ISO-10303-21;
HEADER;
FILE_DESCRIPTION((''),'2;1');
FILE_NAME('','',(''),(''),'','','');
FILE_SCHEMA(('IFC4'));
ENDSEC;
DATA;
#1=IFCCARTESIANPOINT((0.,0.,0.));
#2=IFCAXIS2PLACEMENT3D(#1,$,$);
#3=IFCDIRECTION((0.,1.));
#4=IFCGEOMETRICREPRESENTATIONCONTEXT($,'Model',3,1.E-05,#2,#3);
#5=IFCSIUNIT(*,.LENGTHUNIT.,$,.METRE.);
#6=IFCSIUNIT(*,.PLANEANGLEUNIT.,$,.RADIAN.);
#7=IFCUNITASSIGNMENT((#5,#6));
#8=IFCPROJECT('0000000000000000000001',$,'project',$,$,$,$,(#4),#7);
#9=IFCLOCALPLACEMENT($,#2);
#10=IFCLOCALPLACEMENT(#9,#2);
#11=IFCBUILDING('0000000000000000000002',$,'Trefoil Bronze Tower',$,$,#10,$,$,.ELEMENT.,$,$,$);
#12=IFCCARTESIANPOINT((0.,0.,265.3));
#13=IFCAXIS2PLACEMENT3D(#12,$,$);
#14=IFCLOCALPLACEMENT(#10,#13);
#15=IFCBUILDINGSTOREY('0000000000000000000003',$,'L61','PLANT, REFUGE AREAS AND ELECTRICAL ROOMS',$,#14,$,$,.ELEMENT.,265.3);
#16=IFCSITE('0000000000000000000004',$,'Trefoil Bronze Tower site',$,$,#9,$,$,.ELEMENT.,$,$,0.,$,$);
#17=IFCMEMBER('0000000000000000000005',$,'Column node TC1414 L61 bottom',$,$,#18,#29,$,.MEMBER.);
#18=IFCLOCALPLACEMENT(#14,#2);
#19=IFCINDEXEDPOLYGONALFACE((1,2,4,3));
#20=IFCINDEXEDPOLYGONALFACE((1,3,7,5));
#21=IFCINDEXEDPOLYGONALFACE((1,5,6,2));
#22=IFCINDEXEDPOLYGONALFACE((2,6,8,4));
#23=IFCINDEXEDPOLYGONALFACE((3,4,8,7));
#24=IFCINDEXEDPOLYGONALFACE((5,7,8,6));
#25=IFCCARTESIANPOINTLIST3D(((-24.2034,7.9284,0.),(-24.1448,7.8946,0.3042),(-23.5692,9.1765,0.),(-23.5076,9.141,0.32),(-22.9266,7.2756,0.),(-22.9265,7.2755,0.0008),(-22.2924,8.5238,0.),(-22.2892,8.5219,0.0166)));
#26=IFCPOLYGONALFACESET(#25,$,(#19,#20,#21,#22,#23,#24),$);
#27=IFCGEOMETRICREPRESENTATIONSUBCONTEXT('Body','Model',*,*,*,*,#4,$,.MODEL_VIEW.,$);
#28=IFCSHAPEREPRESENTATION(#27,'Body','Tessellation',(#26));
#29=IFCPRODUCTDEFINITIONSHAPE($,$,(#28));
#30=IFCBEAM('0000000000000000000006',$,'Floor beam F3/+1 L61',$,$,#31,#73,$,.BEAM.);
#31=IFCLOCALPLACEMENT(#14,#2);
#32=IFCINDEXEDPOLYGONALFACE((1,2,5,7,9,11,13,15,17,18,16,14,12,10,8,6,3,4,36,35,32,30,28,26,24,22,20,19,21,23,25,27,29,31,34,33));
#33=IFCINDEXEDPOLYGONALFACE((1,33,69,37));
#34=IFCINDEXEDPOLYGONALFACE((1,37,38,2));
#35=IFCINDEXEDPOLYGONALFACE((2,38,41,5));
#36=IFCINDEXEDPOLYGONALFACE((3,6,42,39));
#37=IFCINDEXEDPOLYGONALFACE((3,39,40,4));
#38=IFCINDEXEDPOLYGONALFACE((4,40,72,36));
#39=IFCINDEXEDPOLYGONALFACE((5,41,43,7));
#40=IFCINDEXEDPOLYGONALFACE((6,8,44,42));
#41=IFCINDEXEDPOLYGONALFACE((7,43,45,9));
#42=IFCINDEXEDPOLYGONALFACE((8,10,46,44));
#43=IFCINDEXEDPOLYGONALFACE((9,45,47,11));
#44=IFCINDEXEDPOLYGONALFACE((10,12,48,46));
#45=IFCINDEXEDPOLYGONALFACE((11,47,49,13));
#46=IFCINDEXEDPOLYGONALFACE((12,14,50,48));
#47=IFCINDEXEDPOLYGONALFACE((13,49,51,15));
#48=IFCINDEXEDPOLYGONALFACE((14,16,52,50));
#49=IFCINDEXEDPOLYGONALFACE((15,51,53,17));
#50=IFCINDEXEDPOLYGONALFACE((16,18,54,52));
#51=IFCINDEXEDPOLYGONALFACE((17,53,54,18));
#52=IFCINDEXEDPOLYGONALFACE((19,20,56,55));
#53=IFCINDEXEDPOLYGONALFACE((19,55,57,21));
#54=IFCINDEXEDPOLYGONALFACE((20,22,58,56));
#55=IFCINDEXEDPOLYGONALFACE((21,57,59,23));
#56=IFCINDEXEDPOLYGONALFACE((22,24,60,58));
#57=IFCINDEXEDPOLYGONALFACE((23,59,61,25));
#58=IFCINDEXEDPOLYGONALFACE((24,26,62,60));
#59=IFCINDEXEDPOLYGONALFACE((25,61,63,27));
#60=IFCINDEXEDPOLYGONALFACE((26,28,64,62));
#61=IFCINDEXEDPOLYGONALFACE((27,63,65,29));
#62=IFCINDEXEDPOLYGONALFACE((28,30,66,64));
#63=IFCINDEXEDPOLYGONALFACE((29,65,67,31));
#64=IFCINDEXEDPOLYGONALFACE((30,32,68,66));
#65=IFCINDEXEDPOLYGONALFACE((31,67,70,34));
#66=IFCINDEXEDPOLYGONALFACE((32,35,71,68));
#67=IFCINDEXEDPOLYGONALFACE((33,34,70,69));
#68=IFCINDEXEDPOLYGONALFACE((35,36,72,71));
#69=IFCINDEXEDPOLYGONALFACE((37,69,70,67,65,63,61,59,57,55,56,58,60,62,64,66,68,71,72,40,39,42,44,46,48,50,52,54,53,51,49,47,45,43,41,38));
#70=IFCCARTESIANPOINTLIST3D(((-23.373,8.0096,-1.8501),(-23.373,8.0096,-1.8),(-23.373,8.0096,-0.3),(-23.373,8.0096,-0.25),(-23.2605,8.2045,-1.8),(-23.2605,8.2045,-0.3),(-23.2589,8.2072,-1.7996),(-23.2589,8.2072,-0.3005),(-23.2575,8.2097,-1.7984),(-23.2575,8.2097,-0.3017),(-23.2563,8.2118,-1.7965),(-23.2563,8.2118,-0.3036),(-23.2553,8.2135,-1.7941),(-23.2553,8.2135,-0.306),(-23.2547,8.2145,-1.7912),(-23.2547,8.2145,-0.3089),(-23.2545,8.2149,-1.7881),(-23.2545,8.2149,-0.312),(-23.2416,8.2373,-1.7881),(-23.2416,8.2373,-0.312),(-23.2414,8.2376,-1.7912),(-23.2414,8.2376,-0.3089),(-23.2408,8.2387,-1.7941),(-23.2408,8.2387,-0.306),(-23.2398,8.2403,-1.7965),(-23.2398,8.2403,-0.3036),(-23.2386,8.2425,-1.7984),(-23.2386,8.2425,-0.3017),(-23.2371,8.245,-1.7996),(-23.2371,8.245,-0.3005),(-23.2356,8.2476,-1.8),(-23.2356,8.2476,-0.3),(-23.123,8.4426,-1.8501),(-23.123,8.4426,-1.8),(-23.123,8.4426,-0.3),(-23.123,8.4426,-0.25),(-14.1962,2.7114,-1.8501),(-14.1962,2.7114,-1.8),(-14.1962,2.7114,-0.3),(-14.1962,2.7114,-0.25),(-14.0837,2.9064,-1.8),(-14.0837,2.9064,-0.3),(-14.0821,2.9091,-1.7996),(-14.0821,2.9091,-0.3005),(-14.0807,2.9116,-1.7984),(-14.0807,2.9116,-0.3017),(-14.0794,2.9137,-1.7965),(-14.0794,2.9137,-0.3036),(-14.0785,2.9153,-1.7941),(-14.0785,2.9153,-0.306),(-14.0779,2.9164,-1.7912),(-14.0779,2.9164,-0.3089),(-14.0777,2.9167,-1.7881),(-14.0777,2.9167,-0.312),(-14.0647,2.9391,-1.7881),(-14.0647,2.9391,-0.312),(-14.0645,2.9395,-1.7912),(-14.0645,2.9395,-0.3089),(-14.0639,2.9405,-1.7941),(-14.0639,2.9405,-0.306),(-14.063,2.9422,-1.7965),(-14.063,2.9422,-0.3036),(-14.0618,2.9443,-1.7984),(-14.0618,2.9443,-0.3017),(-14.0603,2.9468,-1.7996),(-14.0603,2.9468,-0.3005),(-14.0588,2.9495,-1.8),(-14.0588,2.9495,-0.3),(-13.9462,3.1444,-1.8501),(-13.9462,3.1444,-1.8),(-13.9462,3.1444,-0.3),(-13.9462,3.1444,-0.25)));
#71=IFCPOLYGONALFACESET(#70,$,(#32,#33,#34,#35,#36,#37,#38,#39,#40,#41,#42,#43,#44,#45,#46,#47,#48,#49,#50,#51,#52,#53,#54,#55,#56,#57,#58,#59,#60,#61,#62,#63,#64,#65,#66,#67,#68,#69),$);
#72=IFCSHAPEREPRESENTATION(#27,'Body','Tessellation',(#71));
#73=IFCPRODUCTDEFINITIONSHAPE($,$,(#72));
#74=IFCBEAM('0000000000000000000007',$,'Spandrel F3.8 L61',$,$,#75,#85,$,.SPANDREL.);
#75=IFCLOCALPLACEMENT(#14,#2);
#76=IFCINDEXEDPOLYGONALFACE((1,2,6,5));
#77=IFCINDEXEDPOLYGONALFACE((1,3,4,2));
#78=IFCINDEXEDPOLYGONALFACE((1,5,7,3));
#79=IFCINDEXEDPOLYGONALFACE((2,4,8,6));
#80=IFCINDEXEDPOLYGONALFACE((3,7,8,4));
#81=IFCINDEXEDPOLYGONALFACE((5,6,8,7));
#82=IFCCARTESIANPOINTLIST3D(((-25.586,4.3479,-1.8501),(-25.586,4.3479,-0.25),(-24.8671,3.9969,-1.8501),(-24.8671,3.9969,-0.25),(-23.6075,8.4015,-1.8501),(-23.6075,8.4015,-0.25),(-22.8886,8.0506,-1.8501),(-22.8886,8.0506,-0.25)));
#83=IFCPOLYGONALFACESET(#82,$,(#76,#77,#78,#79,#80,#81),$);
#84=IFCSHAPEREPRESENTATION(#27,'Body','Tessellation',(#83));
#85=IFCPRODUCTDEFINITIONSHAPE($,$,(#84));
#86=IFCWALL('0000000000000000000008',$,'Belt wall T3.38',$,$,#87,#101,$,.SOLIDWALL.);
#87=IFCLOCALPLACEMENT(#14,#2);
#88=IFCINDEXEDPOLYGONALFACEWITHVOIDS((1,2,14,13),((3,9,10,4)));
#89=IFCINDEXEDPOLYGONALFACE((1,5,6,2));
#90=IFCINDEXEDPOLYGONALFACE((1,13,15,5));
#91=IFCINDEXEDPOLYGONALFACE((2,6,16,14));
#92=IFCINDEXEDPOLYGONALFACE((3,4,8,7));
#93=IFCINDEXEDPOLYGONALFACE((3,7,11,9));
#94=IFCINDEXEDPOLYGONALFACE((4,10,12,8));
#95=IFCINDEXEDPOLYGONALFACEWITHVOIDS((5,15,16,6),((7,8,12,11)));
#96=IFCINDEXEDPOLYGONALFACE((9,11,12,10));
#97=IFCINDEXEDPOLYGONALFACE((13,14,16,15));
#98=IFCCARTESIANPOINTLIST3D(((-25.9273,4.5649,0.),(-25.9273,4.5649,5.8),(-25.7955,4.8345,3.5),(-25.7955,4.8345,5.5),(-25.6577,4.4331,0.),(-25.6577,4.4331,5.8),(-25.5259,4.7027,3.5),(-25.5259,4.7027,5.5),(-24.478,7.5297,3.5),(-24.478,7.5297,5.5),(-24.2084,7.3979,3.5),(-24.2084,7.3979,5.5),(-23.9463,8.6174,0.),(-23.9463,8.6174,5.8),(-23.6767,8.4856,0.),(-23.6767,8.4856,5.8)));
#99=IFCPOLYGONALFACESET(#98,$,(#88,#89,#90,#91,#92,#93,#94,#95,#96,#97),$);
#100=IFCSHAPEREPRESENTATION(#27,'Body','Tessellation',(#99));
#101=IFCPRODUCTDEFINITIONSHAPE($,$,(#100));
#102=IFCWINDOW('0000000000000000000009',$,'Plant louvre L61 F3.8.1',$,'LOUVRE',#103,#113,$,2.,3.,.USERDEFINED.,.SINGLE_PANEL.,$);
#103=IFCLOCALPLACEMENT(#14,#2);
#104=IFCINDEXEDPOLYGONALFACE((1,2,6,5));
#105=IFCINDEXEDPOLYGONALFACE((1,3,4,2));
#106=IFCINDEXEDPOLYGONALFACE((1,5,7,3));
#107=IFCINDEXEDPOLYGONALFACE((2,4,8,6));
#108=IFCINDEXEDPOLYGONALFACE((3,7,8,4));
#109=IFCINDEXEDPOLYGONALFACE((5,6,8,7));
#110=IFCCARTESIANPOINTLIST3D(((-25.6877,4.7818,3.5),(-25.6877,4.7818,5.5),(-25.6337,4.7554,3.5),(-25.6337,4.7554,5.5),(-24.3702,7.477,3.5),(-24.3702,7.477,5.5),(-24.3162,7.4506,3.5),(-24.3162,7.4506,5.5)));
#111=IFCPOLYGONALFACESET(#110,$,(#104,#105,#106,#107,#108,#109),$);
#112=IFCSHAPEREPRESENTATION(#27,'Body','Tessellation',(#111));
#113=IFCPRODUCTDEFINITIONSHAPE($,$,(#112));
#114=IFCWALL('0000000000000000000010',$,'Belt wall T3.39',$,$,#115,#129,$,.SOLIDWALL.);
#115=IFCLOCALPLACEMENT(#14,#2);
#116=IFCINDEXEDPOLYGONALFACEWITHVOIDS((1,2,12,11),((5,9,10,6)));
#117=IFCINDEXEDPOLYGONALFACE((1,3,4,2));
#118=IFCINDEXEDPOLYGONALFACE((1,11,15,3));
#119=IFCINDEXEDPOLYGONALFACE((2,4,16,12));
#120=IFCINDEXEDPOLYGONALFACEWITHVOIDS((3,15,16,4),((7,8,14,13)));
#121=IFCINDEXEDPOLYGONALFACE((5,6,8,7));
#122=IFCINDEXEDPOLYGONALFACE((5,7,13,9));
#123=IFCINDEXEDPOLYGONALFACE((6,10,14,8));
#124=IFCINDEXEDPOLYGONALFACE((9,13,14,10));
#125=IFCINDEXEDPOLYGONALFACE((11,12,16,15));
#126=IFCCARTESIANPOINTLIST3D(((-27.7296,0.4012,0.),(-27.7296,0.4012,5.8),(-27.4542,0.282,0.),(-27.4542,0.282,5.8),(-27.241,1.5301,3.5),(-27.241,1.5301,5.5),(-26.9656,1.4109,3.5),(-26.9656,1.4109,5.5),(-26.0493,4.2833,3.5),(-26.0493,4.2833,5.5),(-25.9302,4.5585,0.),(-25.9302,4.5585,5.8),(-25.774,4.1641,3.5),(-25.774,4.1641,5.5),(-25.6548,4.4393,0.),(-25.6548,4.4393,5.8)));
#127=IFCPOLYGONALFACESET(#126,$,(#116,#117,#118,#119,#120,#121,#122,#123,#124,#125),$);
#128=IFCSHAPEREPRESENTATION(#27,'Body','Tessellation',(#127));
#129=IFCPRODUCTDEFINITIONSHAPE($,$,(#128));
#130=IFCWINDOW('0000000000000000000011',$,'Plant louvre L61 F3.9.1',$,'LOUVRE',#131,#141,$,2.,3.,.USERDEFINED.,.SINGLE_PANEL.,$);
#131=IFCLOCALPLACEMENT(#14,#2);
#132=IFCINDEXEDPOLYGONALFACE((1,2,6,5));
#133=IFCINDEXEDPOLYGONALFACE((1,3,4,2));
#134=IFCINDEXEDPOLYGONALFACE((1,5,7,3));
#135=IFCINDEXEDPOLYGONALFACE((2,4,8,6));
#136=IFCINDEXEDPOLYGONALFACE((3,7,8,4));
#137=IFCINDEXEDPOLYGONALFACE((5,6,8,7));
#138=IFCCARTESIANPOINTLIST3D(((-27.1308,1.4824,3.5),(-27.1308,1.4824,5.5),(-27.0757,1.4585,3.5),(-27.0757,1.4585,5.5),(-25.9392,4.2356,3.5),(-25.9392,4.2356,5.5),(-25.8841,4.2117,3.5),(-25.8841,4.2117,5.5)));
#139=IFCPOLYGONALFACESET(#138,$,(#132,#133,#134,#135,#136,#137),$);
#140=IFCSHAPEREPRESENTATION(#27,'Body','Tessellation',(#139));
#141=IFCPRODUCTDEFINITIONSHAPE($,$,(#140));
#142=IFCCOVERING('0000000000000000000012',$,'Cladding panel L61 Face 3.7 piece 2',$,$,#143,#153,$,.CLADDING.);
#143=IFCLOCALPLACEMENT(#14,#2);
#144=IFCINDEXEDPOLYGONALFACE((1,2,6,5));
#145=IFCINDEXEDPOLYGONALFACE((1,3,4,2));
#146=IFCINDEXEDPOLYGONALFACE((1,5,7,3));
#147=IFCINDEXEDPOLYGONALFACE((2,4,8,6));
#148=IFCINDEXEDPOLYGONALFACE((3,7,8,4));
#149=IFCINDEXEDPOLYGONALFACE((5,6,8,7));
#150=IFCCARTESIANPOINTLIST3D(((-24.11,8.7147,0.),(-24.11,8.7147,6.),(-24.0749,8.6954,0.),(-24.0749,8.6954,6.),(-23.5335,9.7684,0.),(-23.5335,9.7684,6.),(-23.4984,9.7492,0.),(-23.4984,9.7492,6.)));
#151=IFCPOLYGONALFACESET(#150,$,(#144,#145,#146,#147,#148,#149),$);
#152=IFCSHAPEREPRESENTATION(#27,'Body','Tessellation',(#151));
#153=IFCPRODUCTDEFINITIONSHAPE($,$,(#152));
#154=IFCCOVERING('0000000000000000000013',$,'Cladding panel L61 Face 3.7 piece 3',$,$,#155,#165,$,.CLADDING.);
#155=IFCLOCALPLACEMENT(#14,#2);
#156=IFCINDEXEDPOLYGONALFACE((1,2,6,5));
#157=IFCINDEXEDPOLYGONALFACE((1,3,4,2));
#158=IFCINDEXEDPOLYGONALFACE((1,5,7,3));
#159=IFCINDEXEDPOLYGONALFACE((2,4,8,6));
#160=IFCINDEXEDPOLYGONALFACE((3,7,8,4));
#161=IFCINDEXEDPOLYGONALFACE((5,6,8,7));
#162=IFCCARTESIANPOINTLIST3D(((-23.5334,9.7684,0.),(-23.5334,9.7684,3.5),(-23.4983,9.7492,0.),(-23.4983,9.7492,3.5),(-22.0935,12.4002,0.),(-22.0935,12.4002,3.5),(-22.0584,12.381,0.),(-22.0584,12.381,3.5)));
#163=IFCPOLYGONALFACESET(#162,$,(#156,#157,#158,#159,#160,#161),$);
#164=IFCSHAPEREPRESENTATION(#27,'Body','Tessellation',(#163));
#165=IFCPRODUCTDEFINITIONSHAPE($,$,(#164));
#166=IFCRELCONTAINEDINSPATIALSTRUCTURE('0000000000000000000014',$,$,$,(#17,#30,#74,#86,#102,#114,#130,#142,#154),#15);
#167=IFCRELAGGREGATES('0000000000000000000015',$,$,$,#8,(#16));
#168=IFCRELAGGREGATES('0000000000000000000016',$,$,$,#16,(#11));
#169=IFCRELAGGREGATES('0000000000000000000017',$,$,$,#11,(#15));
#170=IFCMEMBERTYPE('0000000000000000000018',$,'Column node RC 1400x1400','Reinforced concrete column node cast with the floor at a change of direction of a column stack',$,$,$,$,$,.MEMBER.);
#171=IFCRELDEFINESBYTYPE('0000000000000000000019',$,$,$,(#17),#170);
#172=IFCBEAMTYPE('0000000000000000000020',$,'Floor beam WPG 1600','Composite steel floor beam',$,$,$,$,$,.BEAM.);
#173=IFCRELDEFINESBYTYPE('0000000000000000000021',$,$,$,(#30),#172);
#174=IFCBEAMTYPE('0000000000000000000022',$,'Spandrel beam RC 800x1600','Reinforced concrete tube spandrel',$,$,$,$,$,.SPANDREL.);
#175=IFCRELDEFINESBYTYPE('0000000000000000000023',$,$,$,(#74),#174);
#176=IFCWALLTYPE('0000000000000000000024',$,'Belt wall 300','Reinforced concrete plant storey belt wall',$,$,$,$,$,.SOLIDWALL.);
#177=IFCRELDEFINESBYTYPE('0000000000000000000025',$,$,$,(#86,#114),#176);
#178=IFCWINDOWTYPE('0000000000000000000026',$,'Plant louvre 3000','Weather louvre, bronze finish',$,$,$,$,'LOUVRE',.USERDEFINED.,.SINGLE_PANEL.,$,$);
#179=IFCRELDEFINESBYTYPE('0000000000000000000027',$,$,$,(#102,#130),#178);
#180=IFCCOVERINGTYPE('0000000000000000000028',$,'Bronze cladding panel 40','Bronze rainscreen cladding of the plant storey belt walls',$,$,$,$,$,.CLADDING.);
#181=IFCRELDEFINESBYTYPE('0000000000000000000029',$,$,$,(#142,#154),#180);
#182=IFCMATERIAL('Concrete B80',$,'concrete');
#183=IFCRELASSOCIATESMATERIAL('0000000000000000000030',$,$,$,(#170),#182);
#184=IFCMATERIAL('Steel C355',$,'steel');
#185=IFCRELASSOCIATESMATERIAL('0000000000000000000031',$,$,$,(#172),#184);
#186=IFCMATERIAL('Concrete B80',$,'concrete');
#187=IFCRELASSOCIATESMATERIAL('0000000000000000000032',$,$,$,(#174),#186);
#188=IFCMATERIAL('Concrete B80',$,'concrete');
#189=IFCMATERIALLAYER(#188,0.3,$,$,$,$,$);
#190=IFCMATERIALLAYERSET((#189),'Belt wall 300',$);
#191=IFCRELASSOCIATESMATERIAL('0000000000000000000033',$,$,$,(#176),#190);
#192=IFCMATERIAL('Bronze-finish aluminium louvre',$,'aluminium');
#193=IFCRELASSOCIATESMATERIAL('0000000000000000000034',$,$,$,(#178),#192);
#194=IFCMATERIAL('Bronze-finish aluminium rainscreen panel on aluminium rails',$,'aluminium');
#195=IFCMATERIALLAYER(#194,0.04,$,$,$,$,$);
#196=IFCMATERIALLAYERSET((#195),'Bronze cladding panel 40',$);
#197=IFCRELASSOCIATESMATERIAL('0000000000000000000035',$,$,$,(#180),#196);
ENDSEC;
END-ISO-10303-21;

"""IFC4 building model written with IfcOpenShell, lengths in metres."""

from ifc_helpers import new_model, si_unit, direction, frame, frame_2d, origin, origin_2d, place, context, subcontext, project, spatial, rectangle, i_section, extrude, clip, halfspace, material, layer, layer_set, material_profile, profile_set, type_object, element, fill, save


model = new_model("IFC4")

# Units and contexts
model_context = context("Model", 3, precision=1e-05, world=origin(), true_north=direction((0.0, 1.0)))
body_context = subcontext(model_context, "Body", "Model", "MODEL_VIEW")
ifc_project = project(units=[si_unit("LENGTHUNIT", "METRE"), si_unit("PLANEANGLEUNIT", "RADIAN")], contexts=[model_context])

# Site, building, storey
site_placement = place(None, origin())
site = spatial("IfcSite", under=ifc_project, at=site_placement, Name="Trefoil Bronze Tower site", CompositionType="ELEMENT", RefElevation=0.0)
building_placement = place(site_placement, origin())
building = spatial("IfcBuilding", under=site, at=building_placement, Name="Trefoil Bronze Tower", CompositionType="ELEMENT")
storey_placement = place(building_placement, frame((0.0, 0.0, 265.3)))
storey = spatial("IfcBuildingStorey", under=building, at=storey_placement, Name="L61", Description="PLANT, REFUGE AREAS AND ELECTRICAL ROOMS", CompositionType="ELEMENT", Elevation=265.3)

# Member
ifc_material_1 = material(Name="Concrete B80", Category="concrete")
ifc_material_profile_1 = material_profile(ifc_material_1, rectangle(XDim=1.3999, YDim=1.3999, at=origin_2d()), Name="RC 1400x1400")
ifc_profile_set_1 = profile_set([ifc_material_profile_1], Name="Concrete B80")
member_type = type_object("IfcMemberType", Name="Column node RC 1400x1400", Description="Reinforced concrete column node cast with the floor at a change of direction of a column stack", PredefinedType="MEMBER", material=ifc_profile_set_1)
member_placement = place(storey_placement, frame((-23.2788, 8.2439, -0.1604), z_axis=(0.187954, -0.108463, 0.976171), x_axis=(-0.455186, -0.890325, -0.011283)))
element("IfcMember", 1, at=member_placement, inside=storey, type_object=member_type, Name="Column node TC1414 L61 bottom", PredefinedType="MEMBER", context=body_context, shape_type="Clipping", body=[
    clip(extrude(rectangle(XDim=1.3999, YDim=1.3999, at=origin_2d()), origin(), (0.0, 0.0, 1.0), 0.3286), halfspace(frame((0.0, 0.0, 0.1643), z_axis=(-0.011283, -0.216711, 0.976171), x_axis=(0.0, 0.976233, 0.216725)), True)),
])

# Beams
ifc_material_2 = material(Name="Steel C355", Category="steel")
ifc_material_profile_2 = material_profile(ifc_material_2, i_section(OverallWidth=0.5, OverallDepth=1.6001, WebThickness=0.0259, FlangeThickness=0.05, FilletRadius=0.012, at=origin_2d()), Name="WPG 1600")
ifc_profile_set_2 = profile_set([ifc_material_profile_2], Name="Steel C355")
beam_type_1 = type_object("IfcBeamType", Name="Floor beam WPG 1600", Description="Composite steel floor beam", PredefinedType="BEAM", material=ifc_profile_set_2)
beam_1_placement = place(storey_placement, frame((-23.248, 8.2261, -1.05), z_axis=(0.86603, -0.499992, 0.0), x_axis=(0.499992, 0.86603, 0.0)))
element("IfcBeam", 2, at=beam_1_placement, inside=storey, type_object=beam_type_1, Name="Floor beam F3/+1 L61", PredefinedType="BEAM", context=body_context, shape_type="SweptSolid", body=[
    extrude(i_section(OverallWidth=0.5, OverallDepth=1.6001, WebThickness=0.0259, FlangeThickness=0.05, FilletRadius=0.012, at=origin_2d()), origin(), (0.0, 0.0, 1.0), 10.5964),
])
ifc_material_3 = material(Name="Concrete B80", Category="concrete")
ifc_material_profile_3 = material_profile(ifc_material_3, rectangle(XDim=0.8, YDim=1.6001, at=origin_2d()), Name="RC 800x1600")
ifc_profile_set_3 = profile_set([ifc_material_profile_3], Name="Concrete B80")
beam_type_2 = type_object("IfcBeamType", Name="Spandrel beam RC 800x1600", Description="Reinforced concrete tube spandrel", PredefinedType="SPANDREL", material=ifc_profile_set_3)
beam_2_placement = place(storey_placement, frame((-23.248, 8.2261, -1.05), z_axis=(-0.43862, -0.898673, 0.0), x_axis=(0.898673, -0.43862, 0.0)))
element("IfcBeam", 3, at=beam_2_placement, inside=storey, type_object=beam_type_2, Name="Spandrel F3.8 L61", PredefinedType="SPANDREL", context=body_context, shape_type="SweptSolid", body=[
    extrude(rectangle(XDim=0.8, YDim=1.6001, at=origin_2d()), origin(), (0.0, 0.0, 1.0), 4.5107),
])

# Walls, openings, windows
ifc_material_4 = material(Name="Concrete B80", Category="concrete")
ifc_layer_1 = layer(ifc_material_4, 0.3)
ifc_layer_set_1 = layer_set([ifc_layer_1], Name="Belt wall 300")
wall_type = type_object("IfcWallType", Name="Belt wall 300", Description="Reinforced concrete plant storey belt wall", PredefinedType="SOLIDWALL", material=ifc_layer_set_1)
wall_1_placement = place(storey_placement, frame((-23.8115, 8.5515, 0.0), z_axis=(0.0, 0.0, 1.0), x_axis=(-0.439164, -0.898407, 0.0)))
wall_1 = element("IfcWall", 4, at=wall_1_placement, inside=storey, type_object=wall_type, Name="Belt wall T3.38", PredefinedType="SOLIDWALL", context=body_context, shape_type="SweptSolid", body=[
    extrude(rectangle(XDim=4.5107, YDim=0.3, at=frame_2d((2.2554, 0.0))), origin(), (0.0, 0.0, 1.0), 5.8),
])
opening_1_placement = place(wall_1_placement, frame((1.2107, 0.0, 3.5)))
opening_1 = element("IfcOpeningElement", 5, at=opening_1_placement, cuts=wall_1, PredefinedType="OPENING", context=body_context, shape_type="SweptSolid", body=[
    extrude(rectangle(XDim=3.0, YDim=2.0, at=frame_2d((1.5, 1.0))), frame((0.0, 0.1599, 0.0), z_axis=(0.0, -1.0, 0.0), x_axis=(1.0, 0.0, 0.0)), (0.0, 0.0, 1.0), 0.3201),
])
ifc_material_5 = material(Name="Bronze-finish aluminium louvre", Category="aluminium")
window_type = type_object("IfcWindowType", Name="Plant louvre 3000", Description="Weather louvre, bronze finish", ElementType="LOUVRE", PartitioningType="SINGLE_PANEL", PredefinedType="USERDEFINED", material=ifc_material_5)
window_1_placement = place(opening_1_placement, origin())
window_1 = element("IfcWindow", 6, at=window_1_placement, inside=storey, type_object=window_type, Name="Plant louvre L61 F3.8.1", ObjectType="LOUVRE", OverallHeight=2.0, OverallWidth=3.0, PartitioningType="SINGLE_PANEL", PredefinedType="USERDEFINED", context=body_context, shape_type="SweptSolid", body=[
    extrude(rectangle(XDim=3.0, YDim=2.0, at=frame_2d((1.5, 1.0))), frame((0.0, 0.03, 0.0), z_axis=(0.0, -1.0, 0.0), x_axis=(1.0, 0.0, 0.0)), (0.0, 0.0, 1.0), 0.0601),
])
fill(opening_1, window_1)
wall_2_placement = place(storey_placement, frame((-25.7925, 4.499, 0.0), z_axis=(0.0, 0.0, 1.0), x_axis=(-0.397208, -0.917729, 0.0)))
wall_2 = element("IfcWall", 7, at=wall_2_placement, inside=storey, type_object=wall_type, Name="Belt wall T3.39", PredefinedType="SOLIDWALL", context=body_context, shape_type="SweptSolid", body=[
    extrude(rectangle(XDim=4.53, YDim=0.3, at=frame_2d((2.2651, 0.0))), origin(), (0.0, 0.0, 1.0), 5.8),
])
opening_2_placement = place(wall_2_placement, frame((0.3, 0.0, 3.5)))
opening_2 = element("IfcOpeningElement", 8, at=opening_2_placement, cuts=wall_2, PredefinedType="OPENING", context=body_context, shape_type="SweptSolid", body=[
    extrude(rectangle(XDim=3.0, YDim=2.0, at=frame_2d((1.5, 1.0))), frame((0.0, 0.1599, 0.0), z_axis=(0.0, -1.0, 0.0), x_axis=(1.0, 0.0, 0.0)), (0.0, 0.0, 1.0), 0.3201),
])
window_2_placement = place(opening_2_placement, origin())
window_2 = element("IfcWindow", 9, at=window_2_placement, inside=storey, type_object=window_type, Name="Plant louvre L61 F3.9.1", ObjectType="LOUVRE", OverallHeight=2.0, OverallWidth=3.0, PartitioningType="SINGLE_PANEL", PredefinedType="USERDEFINED", context=body_context, shape_type="SweptSolid", body=[
    extrude(rectangle(XDim=3.0, YDim=2.0, at=frame_2d((1.5, 1.0))), frame((0.0, 0.03, 0.0), z_axis=(0.0, -1.0, 0.0), x_axis=(1.0, 0.0, 0.0)), (0.0, 0.0, 1.0), 0.0601),
])
fill(opening_2, window_2)

# Coverings
ifc_material_6 = material(Name="Bronze-finish aluminium rainscreen panel on aluminium rails", Category="aluminium")
ifc_layer_2 = layer(ifc_material_6, 0.04)
ifc_layer_set_2 = layer_set([ifc_layer_2], Name="Bronze cladding panel 40")
covering_type_1 = type_object("IfcCoveringType", Name="Bronze cladding panel 40", Description="Bronze rainscreen cladding of the plant storey belt walls", PredefinedType="CLADDING", material=ifc_layer_set_2)
covering_1_placement = place(storey_placement, frame((-23.8042, 9.2319, 0.0), z_axis=(0.0, 0.0, 1.0), x_axis=(-0.479974, -0.877283, 0.0)))
element("IfcCovering", 10, at=covering_1_placement, inside=storey, type_object=covering_type_1, Name="Cladding panel L61 Face 3.7 piece 2", PredefinedType="CLADDING", context=body_context, shape_type="SweptSolid", body=[
    extrude(rectangle(XDim=1.2012, YDim=0.04, at=origin_2d()), origin(), (0.0, 0.0, 1.0), 6.0),
])
covering_2_placement = place(storey_placement, frame((-22.7959, 11.0747, 0.0), z_axis=(0.0, 0.0, 1.0), x_axis=(-0.479974, -0.877283, 0.0)))
element("IfcCovering", 11, at=covering_2_placement, inside=storey, type_object=covering_type_1, Name="Cladding panel L61 Face 3.7 piece 3", PredefinedType="CLADDING", context=body_context, shape_type="SweptSolid", body=[
    extrude(rectangle(XDim=3.0, YDim=0.04, at=origin_2d()), origin(), (0.0, 0.0, 1.0), 3.5),
])

save(model, "model.ifc")
